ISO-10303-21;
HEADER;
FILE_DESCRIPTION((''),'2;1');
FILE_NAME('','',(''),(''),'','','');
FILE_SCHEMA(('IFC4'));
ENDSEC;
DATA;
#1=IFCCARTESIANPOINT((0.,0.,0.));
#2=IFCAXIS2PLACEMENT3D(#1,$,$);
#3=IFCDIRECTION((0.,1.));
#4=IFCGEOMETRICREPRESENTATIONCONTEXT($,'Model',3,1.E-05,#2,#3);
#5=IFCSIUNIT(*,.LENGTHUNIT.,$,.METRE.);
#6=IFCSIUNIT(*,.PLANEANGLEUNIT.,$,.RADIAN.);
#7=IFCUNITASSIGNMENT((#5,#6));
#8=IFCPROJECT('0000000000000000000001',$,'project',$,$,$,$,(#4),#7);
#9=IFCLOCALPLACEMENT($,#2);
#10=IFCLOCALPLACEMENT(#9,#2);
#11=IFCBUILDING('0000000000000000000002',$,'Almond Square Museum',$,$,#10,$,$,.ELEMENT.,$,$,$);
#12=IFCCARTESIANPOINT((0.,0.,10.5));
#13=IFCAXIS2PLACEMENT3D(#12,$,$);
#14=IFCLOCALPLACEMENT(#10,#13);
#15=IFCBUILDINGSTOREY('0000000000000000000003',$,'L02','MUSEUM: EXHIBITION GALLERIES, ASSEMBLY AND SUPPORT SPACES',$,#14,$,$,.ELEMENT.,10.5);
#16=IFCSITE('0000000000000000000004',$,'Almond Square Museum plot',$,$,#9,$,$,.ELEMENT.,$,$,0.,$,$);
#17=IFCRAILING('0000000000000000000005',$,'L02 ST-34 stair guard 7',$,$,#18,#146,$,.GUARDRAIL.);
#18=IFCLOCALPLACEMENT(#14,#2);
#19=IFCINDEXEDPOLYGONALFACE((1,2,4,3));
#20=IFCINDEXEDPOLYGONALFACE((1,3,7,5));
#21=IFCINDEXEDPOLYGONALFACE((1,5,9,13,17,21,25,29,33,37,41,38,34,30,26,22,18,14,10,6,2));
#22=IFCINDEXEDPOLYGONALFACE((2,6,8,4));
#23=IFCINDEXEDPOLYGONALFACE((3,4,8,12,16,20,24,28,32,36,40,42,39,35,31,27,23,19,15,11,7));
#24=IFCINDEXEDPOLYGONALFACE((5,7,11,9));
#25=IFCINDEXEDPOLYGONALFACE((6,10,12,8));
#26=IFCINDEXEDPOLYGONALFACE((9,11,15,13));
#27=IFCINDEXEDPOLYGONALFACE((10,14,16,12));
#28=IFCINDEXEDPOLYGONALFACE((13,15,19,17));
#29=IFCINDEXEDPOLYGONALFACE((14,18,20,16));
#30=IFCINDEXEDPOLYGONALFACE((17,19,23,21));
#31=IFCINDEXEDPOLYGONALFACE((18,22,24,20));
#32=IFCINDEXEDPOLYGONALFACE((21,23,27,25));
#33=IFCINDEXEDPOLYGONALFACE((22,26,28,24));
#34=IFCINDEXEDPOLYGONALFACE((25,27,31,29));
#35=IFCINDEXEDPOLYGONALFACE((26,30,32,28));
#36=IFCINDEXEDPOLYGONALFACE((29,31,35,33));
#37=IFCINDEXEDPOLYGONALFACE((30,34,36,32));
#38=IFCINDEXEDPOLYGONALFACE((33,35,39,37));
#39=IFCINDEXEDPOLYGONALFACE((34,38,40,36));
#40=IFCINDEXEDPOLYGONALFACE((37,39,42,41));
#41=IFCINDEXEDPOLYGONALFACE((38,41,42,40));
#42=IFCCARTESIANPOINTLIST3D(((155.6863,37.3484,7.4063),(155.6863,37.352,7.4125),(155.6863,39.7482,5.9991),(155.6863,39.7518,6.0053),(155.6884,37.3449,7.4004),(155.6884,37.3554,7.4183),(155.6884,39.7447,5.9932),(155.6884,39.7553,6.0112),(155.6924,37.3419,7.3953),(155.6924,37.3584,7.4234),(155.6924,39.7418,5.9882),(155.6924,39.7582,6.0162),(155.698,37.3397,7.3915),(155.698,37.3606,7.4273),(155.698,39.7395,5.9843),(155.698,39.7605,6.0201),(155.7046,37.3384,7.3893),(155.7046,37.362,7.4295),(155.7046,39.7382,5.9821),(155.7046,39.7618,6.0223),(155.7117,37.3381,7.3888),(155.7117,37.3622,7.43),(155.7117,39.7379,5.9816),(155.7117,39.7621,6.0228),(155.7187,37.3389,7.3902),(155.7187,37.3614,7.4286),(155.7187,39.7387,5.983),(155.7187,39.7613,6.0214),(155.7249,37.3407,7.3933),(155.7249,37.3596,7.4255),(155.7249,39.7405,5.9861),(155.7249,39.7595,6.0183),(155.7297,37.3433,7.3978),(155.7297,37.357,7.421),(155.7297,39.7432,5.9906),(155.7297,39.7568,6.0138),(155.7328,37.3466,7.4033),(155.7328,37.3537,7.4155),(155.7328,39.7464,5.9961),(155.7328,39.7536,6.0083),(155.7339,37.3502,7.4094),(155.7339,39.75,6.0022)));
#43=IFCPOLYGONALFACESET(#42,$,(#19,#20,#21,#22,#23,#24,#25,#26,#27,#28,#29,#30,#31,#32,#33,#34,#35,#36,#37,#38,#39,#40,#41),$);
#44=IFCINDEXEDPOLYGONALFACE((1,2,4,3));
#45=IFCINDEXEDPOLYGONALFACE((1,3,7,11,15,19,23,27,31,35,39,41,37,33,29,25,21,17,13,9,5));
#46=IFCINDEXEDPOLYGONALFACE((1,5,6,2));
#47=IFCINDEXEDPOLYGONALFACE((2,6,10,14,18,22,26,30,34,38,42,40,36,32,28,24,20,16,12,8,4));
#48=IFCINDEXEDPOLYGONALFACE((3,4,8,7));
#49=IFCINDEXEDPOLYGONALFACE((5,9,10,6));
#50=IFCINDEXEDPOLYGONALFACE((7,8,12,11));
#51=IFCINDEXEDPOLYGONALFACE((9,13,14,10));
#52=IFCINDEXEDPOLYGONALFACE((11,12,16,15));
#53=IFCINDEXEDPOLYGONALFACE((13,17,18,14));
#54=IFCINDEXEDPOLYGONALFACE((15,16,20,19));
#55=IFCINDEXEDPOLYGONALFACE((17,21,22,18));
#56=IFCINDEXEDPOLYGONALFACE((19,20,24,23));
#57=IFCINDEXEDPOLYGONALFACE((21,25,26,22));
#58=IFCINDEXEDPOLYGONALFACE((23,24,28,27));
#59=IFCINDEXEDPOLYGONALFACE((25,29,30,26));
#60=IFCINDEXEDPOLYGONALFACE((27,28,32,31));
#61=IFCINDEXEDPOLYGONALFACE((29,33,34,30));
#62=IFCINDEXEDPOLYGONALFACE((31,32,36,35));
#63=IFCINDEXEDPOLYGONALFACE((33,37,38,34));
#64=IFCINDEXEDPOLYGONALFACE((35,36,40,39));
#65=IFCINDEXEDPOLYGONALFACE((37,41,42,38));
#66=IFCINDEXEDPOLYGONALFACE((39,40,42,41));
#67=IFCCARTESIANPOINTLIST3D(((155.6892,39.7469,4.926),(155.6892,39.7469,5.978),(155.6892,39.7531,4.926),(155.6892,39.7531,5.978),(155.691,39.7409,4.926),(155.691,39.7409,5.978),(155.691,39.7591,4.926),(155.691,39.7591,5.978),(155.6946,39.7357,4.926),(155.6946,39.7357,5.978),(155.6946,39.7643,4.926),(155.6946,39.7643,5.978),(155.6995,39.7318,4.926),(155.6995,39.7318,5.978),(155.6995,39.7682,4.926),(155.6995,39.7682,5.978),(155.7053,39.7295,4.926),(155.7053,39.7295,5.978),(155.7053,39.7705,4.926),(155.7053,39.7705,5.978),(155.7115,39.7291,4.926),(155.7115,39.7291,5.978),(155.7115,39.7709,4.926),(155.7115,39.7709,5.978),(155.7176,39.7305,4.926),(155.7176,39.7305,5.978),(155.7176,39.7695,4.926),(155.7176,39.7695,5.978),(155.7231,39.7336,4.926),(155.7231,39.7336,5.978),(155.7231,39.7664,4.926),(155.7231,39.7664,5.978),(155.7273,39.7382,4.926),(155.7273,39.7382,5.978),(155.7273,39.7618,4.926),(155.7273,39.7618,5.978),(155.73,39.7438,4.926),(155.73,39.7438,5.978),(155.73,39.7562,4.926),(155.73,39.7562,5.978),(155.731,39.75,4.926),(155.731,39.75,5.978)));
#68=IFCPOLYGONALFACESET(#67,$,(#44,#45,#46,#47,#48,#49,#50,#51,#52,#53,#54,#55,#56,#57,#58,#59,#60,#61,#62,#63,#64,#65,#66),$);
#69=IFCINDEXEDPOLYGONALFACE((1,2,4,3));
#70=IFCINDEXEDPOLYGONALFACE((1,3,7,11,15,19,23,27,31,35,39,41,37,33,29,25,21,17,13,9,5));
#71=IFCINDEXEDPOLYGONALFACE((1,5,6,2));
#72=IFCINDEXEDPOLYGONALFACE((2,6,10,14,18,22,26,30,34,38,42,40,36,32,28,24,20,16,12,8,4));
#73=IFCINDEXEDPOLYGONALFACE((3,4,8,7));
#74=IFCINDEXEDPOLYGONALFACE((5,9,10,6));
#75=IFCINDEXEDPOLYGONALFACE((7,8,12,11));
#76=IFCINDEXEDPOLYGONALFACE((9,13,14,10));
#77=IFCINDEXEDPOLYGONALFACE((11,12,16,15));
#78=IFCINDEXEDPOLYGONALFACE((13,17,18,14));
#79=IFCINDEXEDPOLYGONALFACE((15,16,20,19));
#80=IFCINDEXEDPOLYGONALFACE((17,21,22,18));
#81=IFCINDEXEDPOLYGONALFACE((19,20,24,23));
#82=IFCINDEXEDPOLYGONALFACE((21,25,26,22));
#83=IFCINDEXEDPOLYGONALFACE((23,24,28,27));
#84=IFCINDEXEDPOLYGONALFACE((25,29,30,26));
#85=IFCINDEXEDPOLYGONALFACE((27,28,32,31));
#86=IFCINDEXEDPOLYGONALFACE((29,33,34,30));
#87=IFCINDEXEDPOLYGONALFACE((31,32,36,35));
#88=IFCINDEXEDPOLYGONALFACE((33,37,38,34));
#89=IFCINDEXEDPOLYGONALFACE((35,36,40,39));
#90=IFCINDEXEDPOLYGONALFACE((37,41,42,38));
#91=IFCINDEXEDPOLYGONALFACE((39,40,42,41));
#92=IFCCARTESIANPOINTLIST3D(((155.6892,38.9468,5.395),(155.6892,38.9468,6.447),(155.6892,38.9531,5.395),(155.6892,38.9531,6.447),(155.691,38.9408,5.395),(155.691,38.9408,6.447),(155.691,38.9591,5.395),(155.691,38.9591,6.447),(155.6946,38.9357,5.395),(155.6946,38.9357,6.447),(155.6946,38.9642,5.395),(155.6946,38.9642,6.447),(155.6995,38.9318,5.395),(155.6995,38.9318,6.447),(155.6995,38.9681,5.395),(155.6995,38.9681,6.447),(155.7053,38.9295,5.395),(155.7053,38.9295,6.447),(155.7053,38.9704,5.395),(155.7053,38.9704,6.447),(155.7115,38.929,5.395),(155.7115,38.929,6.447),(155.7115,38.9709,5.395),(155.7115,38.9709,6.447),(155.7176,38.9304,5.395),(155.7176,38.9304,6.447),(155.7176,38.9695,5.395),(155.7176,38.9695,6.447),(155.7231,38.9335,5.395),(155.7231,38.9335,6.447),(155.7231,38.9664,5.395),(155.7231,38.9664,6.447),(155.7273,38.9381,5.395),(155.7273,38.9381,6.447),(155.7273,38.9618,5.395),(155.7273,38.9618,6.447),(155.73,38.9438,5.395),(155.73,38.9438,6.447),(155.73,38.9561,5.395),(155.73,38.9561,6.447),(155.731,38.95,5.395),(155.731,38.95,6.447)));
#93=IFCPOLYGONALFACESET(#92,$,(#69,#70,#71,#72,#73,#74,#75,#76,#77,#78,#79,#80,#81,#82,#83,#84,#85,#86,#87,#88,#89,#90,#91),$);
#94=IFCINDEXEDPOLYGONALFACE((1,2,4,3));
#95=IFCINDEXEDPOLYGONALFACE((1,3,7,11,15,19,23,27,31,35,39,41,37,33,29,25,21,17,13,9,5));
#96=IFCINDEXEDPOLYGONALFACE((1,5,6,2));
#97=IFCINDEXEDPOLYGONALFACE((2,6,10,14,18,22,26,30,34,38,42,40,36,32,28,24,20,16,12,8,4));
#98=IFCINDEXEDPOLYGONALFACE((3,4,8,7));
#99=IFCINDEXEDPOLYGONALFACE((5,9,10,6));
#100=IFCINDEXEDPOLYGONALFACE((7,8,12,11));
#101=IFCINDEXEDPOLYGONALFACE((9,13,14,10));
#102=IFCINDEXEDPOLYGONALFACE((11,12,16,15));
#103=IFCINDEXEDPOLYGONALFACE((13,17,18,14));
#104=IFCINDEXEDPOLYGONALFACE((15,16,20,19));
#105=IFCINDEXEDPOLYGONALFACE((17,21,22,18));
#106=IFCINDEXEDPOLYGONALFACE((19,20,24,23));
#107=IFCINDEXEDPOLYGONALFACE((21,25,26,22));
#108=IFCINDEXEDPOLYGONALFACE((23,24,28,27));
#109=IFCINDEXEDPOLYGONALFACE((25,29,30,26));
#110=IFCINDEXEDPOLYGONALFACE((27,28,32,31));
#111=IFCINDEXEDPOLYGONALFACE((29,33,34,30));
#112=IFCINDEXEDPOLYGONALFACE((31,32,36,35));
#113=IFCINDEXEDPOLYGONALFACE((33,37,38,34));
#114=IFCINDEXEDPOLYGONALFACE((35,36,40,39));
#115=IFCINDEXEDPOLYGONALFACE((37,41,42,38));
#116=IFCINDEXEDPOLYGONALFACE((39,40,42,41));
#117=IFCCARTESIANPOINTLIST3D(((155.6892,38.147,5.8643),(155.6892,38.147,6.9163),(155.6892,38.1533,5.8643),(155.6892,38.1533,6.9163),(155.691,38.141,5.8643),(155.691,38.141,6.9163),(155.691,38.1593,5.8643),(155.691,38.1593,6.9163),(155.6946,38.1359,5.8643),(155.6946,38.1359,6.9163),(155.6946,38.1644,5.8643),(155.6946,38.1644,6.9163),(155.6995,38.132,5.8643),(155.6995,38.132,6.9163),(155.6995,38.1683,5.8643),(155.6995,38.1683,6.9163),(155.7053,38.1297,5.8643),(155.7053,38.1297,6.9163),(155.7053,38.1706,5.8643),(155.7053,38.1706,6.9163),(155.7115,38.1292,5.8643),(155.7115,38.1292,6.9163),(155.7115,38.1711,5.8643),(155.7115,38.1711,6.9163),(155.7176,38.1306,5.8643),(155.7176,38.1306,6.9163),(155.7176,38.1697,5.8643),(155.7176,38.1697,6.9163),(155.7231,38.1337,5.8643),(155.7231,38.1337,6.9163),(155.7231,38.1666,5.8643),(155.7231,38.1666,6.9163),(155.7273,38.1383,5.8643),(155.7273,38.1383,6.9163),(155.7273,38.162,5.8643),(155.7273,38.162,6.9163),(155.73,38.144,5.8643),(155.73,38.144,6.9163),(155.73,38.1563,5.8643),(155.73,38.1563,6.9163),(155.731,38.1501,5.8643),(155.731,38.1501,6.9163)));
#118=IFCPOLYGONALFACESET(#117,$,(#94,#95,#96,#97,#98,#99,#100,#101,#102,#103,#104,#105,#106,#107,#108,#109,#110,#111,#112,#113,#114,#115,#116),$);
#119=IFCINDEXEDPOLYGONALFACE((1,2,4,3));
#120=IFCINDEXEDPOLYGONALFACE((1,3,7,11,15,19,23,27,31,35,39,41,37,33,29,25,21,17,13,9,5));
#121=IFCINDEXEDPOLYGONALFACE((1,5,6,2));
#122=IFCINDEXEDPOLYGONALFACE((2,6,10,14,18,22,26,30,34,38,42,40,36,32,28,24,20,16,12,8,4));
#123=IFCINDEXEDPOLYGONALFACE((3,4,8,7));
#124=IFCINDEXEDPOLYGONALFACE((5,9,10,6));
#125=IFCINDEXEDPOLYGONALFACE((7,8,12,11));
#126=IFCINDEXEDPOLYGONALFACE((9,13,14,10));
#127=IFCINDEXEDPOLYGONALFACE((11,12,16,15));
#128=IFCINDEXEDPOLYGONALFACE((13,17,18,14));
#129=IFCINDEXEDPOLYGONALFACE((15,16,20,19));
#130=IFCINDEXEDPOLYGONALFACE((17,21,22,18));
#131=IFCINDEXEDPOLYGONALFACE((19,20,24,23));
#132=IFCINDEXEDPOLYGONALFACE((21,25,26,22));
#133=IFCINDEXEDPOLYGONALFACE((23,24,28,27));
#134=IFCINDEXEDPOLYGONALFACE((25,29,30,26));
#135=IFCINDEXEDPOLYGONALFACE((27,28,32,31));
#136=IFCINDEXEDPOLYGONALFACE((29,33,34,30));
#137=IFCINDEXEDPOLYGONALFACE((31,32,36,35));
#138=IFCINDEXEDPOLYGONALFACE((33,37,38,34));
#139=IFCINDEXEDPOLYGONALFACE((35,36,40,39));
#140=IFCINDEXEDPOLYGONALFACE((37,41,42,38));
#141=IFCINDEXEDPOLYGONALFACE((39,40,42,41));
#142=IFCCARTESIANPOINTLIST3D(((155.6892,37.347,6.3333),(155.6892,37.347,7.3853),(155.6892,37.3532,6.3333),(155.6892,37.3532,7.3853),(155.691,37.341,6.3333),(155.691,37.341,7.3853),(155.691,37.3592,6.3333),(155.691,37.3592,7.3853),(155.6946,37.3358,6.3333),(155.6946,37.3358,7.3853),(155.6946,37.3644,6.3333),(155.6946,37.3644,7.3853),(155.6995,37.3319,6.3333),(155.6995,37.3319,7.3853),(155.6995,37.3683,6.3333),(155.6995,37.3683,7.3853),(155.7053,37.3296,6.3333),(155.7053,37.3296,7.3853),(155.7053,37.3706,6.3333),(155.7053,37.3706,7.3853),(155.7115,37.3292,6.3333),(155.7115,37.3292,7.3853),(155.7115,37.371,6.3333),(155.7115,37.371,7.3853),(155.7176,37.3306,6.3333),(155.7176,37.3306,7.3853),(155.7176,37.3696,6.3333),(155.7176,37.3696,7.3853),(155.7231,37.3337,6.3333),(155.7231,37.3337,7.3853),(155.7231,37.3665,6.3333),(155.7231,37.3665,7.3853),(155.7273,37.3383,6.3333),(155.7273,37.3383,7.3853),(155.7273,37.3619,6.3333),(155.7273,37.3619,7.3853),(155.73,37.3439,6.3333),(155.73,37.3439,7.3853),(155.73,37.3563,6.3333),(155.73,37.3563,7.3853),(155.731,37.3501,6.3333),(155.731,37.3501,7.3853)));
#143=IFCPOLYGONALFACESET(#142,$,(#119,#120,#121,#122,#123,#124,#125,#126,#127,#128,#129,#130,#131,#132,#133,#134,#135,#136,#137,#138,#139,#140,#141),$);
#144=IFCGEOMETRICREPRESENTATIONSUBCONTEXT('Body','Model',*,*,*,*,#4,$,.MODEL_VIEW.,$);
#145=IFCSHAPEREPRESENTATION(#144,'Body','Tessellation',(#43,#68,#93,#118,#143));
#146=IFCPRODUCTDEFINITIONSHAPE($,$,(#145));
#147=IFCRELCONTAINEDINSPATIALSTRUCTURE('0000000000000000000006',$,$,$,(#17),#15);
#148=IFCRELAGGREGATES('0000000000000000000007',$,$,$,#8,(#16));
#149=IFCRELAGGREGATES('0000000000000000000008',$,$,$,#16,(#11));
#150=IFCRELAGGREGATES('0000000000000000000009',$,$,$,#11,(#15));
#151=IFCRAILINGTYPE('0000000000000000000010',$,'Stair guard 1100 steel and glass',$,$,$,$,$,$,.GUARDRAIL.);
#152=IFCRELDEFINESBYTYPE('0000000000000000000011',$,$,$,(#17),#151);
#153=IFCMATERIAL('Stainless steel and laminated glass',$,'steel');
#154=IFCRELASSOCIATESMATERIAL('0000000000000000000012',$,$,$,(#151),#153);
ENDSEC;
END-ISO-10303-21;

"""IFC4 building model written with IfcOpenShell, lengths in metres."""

from ifc_helpers import new_model, si_unit, direction, frame, origin, origin_2d, place, context, subcontext, project, spatial, circle, extrude, material, type_object, element, save


model = new_model("IFC4")

# Units and contexts
model_context = context("Model", 3, precision=1e-05, world=origin(), true_north=direction((0.0, 1.0)))
body_context = subcontext(model_context, "Body", "Model", "MODEL_VIEW")
ifc_project = project(units=[si_unit("LENGTHUNIT", "METRE"), si_unit("PLANEANGLEUNIT", "RADIAN")], contexts=[model_context])

# Site, building, storey
site_placement = place(None, origin())
site = spatial("IfcSite", under=ifc_project, at=site_placement, Name="Almond Square Museum plot", CompositionType="ELEMENT", RefElevation=0.0)
building_placement = place(site_placement, origin())
building = spatial("IfcBuilding", under=site, at=building_placement, Name="Almond Square Museum", CompositionType="ELEMENT")
storey_placement = place(building_placement, frame((0.0, 0.0, 10.5)))
storey = spatial("IfcBuildingStorey", under=building, at=storey_placement, Name="L02", Description="MUSEUM: EXHIBITION GALLERIES, ASSEMBLY AND SUPPORT SPACES", CompositionType="ELEMENT", Elevation=10.5)

# Railing
ifc_material_1 = material(Name="Stainless steel and laminated glass", Category="steel")
railing_type_1 = type_object("IfcRailingType", Name="Stair guard 1100 steel and glass", PredefinedType="GUARDRAIL", material=ifc_material_1)
railing_1_placement = place(storey_placement, frame((155.71, 39.75, 4.926)))
element("IfcRailing", 1, at=railing_1_placement, inside=storey, type_object=railing_type_1, Name="L02 ST-34 stair guard 7", PredefinedType="GUARDRAIL", context=body_context, shape_type="SweptSolid", body=[
    extrude(circle(Radius=0.0239, at=origin_2d()), frame((0.0, 0.0, 1.0762), z_axis=(0.0, -0.862637, 0.505823), x_axis=(1.0, 0.0, 0.0)), (0.0, 0.0, 1.0), 2.782),
    extrude(circle(Radius=0.021, at=origin_2d()), origin(), (0.0, 0.0, 1.0), 1.052),
    extrude(circle(Radius=0.021, at=origin_2d()), frame((0.0, -0.8, 0.469)), (0.0, 0.0, 1.0), 1.052),
    extrude(circle(Radius=0.021, at=origin_2d()), frame((0.0, -1.5999, 0.9382)), (0.0, 0.0, 1.0), 1.052),
    extrude(circle(Radius=0.021, at=origin_2d()), frame((0.0, -2.3999, 1.4072)), (0.0, 0.0, 1.0), 1.052),
])

save(model, "model.ifc")
